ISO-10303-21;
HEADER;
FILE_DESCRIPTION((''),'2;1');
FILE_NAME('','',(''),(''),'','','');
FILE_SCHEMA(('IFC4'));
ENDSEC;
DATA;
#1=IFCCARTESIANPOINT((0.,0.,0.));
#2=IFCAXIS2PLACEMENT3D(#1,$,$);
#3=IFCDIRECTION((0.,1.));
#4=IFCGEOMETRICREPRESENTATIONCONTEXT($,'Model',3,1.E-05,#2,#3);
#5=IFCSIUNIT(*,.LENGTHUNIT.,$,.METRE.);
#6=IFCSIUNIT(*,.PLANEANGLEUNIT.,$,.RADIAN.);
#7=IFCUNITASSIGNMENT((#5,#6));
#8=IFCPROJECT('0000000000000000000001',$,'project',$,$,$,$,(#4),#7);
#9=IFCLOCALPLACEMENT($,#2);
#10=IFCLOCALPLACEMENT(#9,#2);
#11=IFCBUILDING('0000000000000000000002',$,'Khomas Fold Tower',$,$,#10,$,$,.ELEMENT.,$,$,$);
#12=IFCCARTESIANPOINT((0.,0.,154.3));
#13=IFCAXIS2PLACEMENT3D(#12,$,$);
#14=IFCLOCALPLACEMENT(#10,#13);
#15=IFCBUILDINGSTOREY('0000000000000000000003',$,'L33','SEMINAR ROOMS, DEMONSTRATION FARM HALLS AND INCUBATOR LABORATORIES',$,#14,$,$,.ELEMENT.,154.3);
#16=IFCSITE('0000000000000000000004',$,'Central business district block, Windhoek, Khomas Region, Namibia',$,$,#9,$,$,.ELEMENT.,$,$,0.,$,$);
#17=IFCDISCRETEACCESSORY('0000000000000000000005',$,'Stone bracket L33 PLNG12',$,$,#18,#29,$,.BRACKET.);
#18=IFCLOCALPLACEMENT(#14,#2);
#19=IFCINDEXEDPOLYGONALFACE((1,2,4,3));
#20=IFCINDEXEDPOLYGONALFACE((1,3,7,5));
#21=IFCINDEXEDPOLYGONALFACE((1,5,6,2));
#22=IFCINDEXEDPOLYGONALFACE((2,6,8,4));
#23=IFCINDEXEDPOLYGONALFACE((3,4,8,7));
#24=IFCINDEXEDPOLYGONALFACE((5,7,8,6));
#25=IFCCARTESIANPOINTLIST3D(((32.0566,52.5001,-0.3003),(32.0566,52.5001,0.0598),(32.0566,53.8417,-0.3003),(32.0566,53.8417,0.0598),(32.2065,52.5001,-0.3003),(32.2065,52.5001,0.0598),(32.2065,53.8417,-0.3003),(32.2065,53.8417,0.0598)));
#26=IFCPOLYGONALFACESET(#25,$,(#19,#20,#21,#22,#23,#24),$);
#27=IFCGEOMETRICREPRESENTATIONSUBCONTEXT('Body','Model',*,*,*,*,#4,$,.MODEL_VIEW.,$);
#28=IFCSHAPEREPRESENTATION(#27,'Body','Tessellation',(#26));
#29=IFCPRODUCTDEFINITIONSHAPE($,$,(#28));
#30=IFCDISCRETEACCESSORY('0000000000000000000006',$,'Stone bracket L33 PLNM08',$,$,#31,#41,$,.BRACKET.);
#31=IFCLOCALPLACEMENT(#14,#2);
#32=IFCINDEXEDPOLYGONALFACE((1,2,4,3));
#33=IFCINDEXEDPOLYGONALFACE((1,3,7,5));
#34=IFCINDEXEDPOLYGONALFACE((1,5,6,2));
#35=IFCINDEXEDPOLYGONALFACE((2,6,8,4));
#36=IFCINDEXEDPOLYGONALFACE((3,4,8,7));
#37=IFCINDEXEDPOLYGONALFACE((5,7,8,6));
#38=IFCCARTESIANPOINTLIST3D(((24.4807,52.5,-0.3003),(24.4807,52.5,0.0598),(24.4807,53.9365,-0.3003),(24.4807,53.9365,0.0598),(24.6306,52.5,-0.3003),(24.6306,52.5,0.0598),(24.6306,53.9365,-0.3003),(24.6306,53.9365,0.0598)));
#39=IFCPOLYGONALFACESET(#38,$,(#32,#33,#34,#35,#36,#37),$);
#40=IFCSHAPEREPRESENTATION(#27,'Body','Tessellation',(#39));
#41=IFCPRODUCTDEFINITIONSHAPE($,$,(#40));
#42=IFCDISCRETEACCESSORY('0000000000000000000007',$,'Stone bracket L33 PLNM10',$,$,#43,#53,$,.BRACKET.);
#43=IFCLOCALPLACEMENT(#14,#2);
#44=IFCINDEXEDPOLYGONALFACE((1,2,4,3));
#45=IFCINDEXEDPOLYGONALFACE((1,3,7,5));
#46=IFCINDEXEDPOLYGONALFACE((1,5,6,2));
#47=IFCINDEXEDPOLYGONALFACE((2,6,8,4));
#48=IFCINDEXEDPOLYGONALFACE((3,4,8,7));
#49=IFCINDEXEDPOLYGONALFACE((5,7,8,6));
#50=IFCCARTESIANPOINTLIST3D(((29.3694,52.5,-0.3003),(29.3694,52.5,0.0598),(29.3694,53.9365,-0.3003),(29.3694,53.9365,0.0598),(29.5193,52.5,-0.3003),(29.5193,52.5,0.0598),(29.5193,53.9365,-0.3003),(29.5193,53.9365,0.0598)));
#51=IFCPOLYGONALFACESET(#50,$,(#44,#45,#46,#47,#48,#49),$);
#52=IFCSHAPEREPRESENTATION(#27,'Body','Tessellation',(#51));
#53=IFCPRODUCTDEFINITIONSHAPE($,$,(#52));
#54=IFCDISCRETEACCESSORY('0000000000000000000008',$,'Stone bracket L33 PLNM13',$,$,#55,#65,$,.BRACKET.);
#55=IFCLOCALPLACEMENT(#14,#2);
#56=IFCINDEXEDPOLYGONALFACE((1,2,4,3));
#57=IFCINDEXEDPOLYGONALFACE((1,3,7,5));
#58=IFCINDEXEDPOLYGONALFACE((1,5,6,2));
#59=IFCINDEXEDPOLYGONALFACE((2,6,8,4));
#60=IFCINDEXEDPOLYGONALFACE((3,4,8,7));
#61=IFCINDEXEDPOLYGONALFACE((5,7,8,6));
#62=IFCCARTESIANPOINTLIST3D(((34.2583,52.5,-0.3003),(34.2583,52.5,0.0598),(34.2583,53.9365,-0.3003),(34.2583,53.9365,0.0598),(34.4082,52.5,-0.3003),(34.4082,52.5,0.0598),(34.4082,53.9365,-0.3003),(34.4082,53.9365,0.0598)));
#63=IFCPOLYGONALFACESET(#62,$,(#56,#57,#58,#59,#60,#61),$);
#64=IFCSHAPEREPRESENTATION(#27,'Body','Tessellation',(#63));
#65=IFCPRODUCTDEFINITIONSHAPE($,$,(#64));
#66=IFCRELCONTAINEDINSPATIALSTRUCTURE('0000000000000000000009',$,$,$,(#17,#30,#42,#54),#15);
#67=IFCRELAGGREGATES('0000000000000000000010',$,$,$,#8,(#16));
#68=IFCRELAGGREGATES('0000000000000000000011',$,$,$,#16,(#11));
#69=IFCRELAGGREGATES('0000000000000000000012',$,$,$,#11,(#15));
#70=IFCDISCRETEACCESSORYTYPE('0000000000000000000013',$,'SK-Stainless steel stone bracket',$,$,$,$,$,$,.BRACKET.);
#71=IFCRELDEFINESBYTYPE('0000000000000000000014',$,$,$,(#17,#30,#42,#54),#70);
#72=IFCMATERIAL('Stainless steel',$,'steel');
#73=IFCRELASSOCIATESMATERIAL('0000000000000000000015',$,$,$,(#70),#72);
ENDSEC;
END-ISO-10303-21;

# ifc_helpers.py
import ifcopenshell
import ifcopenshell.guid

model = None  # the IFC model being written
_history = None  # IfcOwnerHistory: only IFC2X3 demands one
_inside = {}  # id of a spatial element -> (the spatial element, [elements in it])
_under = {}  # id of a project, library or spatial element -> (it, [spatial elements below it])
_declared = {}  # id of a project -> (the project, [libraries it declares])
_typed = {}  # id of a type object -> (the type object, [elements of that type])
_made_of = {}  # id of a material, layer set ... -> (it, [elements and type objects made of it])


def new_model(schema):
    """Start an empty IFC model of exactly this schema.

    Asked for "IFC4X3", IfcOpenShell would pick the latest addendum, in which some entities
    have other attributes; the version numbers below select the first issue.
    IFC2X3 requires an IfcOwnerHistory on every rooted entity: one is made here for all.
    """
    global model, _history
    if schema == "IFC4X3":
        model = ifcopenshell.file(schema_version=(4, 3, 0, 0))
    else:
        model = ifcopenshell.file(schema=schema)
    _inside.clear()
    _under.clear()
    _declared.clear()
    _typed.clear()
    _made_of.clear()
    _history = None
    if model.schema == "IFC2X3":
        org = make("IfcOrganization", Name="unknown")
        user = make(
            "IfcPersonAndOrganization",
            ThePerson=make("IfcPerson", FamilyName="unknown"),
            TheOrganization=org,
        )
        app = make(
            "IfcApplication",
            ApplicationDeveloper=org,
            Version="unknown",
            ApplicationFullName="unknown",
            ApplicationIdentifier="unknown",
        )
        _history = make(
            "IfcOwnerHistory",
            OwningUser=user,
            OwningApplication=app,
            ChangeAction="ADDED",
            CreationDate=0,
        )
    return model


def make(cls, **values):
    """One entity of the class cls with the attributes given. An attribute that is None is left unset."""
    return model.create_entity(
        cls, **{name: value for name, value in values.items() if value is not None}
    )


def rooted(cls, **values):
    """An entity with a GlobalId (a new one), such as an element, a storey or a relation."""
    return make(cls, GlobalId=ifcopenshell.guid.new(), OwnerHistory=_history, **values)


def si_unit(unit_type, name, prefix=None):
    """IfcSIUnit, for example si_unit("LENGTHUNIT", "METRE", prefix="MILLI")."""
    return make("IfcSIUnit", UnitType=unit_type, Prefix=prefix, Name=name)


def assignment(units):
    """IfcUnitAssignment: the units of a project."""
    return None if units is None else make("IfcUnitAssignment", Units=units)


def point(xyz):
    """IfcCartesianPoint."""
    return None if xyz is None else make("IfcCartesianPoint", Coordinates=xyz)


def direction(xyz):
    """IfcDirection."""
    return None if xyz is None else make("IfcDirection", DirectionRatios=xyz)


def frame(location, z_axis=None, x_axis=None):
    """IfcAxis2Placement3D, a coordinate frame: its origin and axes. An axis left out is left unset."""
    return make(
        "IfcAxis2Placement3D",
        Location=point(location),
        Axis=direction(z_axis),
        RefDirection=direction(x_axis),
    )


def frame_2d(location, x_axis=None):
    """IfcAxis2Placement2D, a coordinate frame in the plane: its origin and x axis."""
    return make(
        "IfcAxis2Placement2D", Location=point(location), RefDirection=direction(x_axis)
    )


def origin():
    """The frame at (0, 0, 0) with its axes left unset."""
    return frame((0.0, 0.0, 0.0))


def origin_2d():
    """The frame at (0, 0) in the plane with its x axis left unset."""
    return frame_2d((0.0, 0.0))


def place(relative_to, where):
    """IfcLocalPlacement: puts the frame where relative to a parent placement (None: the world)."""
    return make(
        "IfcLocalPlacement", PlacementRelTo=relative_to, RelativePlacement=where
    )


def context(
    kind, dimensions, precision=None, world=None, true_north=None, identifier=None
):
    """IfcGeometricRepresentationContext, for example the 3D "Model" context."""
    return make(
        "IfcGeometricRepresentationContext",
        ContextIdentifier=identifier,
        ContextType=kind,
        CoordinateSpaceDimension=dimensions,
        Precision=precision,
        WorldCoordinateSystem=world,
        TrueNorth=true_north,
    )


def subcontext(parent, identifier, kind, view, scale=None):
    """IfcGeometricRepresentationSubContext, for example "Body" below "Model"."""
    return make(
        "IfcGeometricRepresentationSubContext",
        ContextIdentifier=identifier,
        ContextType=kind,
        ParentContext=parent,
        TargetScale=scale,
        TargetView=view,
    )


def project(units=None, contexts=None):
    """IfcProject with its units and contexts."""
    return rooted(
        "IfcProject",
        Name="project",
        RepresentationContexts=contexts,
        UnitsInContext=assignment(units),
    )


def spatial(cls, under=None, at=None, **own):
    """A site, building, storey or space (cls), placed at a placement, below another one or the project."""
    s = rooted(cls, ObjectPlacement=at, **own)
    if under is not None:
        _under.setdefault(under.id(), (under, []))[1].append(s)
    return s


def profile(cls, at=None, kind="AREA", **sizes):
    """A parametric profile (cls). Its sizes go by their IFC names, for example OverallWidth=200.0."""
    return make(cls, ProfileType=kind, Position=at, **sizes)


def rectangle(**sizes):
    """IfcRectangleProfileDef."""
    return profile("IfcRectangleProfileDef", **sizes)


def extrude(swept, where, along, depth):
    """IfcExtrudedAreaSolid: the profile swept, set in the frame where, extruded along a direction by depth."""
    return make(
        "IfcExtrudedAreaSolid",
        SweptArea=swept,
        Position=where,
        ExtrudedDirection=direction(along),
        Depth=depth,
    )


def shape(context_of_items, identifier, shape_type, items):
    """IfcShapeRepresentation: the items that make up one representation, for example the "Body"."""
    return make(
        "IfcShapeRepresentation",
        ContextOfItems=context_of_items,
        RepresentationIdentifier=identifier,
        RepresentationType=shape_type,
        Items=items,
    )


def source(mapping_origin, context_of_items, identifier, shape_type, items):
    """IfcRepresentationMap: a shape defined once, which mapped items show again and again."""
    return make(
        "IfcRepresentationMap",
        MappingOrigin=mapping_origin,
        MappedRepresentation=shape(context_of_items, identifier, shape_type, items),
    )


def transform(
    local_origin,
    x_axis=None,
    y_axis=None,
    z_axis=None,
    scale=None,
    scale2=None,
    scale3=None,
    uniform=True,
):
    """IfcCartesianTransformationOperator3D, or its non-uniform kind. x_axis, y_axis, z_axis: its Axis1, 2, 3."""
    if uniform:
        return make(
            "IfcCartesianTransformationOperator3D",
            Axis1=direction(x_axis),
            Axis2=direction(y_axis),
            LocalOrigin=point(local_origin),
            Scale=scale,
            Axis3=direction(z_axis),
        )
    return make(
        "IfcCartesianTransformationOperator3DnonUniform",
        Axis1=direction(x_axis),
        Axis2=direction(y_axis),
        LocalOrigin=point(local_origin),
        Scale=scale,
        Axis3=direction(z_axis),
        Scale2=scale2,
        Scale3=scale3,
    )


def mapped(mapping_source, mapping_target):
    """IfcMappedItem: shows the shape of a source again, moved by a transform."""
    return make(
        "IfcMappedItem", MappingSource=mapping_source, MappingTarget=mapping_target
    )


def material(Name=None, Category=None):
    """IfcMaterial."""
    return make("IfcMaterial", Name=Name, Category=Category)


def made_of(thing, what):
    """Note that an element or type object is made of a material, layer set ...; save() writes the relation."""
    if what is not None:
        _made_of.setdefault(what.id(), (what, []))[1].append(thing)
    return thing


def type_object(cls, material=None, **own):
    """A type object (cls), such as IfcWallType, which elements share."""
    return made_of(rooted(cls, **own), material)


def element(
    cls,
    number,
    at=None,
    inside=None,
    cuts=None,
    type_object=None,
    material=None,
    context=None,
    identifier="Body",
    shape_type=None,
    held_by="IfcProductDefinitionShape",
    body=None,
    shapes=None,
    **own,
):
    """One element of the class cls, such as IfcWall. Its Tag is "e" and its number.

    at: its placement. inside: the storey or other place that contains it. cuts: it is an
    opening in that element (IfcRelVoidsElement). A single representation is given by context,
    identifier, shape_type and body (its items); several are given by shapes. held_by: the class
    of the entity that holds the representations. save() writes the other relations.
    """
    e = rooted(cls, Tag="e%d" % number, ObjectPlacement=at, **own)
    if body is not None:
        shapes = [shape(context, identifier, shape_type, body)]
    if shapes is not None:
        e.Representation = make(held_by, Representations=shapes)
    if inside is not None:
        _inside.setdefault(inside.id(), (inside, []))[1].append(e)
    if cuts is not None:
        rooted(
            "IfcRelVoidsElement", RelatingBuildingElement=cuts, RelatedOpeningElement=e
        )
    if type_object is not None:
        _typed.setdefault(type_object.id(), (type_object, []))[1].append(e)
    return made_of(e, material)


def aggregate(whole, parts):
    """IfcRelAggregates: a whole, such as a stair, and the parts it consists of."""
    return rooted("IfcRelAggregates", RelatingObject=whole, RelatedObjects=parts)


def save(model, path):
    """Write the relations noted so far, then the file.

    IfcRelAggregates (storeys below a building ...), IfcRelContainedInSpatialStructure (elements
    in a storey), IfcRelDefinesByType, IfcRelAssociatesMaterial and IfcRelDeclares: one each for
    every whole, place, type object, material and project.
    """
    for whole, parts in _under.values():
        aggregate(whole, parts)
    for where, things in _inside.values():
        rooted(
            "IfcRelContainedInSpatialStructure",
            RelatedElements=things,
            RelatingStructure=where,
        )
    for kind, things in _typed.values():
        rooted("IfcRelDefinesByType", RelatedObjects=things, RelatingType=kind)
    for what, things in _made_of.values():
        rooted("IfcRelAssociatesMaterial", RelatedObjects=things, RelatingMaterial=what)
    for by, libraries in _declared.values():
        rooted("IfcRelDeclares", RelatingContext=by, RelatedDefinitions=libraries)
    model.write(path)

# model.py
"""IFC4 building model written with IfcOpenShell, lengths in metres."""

from ifc_helpers import new_model, si_unit, direction, frame, origin, origin_2d, place, context, subcontext, project, spatial, rectangle, extrude, source, transform, mapped, material, type_object, element, save


model = new_model("IFC4")

# Units and contexts
model_context = context("Model", 3, precision=1e-05, world=origin(), true_north=direction((0.0, 1.0)))
body_context = subcontext(model_context, "Body", "Model", "MODEL_VIEW")
ifc_project = project(units=[si_unit("LENGTHUNIT", "METRE"), si_unit("PLANEANGLEUNIT", "RADIAN")], contexts=[model_context])

# Site, building, storey
site_placement = place(None, origin())
site = spatial("IfcSite", under=ifc_project, at=site_placement, Name="Central business district block, Windhoek, Khomas Region, Namibia", CompositionType="ELEMENT", RefElevation=0.0)
building_placement = place(site_placement, origin())
building = spatial("IfcBuilding", under=site, at=building_placement, Name="Khomas Fold Tower", CompositionType="ELEMENT")
storey_placement = place(building_placement, frame((0.0, 0.0, 154.3)))
storey = spatial("IfcBuildingStorey", under=building, at=storey_placement, Name="L33", Description="SEMINAR ROOMS, DEMONSTRATION FARM HALLS AND INCUBATOR LABORATORIES", CompositionType="ELEMENT", Elevation=154.3)

# Discrete accessories
ifc_material_1 = material(Name="Stainless steel", Category="steel")
discrete_accessory_type = type_object("IfcDiscreteAccessoryType", Name="SK-Stainless steel stone bracket", PredefinedType="BRACKET", material=ifc_material_1)
shared_shape_1 = source(origin(), body_context, "Body", "SweptSolid", [
    extrude(rectangle(XDim=1.3416, YDim=0.1499, at=origin_2d()), origin(), (0.0, 0.0, 1.0), 0.3601),
])
for number, where, z_axis, x_axis, name in (
    (1, (32.1316, 53.1709, -0.3003), (0.0, 0.0, 1.0), (0.0, 1.0, 0.0), "Stone bracket L33 PLNG12"),
):
    element("IfcDiscreteAccessory", number, at=place(storey_placement, frame(where, z_axis=z_axis, x_axis=x_axis)), inside=storey, type_object=discrete_accessory_type, Name=name, PredefinedType="BRACKET", context=body_context, shape_type="MappedRepresentation", body=[
        mapped(shared_shape_1, transform((0.0, 0.0, 0.0))),
    ])
shared_shape_2 = source(origin(), body_context, "Body", "SweptSolid", [
    extrude(rectangle(XDim=1.4365, YDim=0.1499, at=origin_2d()), origin(), (0.0, 0.0, 1.0), 0.3601),
])
for number, where, z_axis, x_axis, name in (
    (2, (24.5557, 53.2183, -0.3003), (0.0, 0.0, 1.0), (0.0, 1.0, 0.0), "Stone bracket L33 PLNM08"),
    (3, (29.4443, 53.2183, -0.3003), (0.0, 0.0, 1.0), (0.0, 1.0, 0.0), "Stone bracket L33 PLNM10"),
    (4, (34.3333, 53.2183, -0.3003), (0.0, 0.0, 1.0), (0.0, 1.0, 0.0), "Stone bracket L33 PLNM13"),
):
    element("IfcDiscreteAccessory", number, at=place(storey_placement, frame(where, z_axis=z_axis, x_axis=x_axis)), inside=storey, type_object=discrete_accessory_type, Name=name, PredefinedType="BRACKET", context=body_context, shape_type="MappedRepresentation", body=[
        mapped(shared_shape_2, transform((0.0, 0.0, 0.0))),
    ])

save(model, "model.ifc")
